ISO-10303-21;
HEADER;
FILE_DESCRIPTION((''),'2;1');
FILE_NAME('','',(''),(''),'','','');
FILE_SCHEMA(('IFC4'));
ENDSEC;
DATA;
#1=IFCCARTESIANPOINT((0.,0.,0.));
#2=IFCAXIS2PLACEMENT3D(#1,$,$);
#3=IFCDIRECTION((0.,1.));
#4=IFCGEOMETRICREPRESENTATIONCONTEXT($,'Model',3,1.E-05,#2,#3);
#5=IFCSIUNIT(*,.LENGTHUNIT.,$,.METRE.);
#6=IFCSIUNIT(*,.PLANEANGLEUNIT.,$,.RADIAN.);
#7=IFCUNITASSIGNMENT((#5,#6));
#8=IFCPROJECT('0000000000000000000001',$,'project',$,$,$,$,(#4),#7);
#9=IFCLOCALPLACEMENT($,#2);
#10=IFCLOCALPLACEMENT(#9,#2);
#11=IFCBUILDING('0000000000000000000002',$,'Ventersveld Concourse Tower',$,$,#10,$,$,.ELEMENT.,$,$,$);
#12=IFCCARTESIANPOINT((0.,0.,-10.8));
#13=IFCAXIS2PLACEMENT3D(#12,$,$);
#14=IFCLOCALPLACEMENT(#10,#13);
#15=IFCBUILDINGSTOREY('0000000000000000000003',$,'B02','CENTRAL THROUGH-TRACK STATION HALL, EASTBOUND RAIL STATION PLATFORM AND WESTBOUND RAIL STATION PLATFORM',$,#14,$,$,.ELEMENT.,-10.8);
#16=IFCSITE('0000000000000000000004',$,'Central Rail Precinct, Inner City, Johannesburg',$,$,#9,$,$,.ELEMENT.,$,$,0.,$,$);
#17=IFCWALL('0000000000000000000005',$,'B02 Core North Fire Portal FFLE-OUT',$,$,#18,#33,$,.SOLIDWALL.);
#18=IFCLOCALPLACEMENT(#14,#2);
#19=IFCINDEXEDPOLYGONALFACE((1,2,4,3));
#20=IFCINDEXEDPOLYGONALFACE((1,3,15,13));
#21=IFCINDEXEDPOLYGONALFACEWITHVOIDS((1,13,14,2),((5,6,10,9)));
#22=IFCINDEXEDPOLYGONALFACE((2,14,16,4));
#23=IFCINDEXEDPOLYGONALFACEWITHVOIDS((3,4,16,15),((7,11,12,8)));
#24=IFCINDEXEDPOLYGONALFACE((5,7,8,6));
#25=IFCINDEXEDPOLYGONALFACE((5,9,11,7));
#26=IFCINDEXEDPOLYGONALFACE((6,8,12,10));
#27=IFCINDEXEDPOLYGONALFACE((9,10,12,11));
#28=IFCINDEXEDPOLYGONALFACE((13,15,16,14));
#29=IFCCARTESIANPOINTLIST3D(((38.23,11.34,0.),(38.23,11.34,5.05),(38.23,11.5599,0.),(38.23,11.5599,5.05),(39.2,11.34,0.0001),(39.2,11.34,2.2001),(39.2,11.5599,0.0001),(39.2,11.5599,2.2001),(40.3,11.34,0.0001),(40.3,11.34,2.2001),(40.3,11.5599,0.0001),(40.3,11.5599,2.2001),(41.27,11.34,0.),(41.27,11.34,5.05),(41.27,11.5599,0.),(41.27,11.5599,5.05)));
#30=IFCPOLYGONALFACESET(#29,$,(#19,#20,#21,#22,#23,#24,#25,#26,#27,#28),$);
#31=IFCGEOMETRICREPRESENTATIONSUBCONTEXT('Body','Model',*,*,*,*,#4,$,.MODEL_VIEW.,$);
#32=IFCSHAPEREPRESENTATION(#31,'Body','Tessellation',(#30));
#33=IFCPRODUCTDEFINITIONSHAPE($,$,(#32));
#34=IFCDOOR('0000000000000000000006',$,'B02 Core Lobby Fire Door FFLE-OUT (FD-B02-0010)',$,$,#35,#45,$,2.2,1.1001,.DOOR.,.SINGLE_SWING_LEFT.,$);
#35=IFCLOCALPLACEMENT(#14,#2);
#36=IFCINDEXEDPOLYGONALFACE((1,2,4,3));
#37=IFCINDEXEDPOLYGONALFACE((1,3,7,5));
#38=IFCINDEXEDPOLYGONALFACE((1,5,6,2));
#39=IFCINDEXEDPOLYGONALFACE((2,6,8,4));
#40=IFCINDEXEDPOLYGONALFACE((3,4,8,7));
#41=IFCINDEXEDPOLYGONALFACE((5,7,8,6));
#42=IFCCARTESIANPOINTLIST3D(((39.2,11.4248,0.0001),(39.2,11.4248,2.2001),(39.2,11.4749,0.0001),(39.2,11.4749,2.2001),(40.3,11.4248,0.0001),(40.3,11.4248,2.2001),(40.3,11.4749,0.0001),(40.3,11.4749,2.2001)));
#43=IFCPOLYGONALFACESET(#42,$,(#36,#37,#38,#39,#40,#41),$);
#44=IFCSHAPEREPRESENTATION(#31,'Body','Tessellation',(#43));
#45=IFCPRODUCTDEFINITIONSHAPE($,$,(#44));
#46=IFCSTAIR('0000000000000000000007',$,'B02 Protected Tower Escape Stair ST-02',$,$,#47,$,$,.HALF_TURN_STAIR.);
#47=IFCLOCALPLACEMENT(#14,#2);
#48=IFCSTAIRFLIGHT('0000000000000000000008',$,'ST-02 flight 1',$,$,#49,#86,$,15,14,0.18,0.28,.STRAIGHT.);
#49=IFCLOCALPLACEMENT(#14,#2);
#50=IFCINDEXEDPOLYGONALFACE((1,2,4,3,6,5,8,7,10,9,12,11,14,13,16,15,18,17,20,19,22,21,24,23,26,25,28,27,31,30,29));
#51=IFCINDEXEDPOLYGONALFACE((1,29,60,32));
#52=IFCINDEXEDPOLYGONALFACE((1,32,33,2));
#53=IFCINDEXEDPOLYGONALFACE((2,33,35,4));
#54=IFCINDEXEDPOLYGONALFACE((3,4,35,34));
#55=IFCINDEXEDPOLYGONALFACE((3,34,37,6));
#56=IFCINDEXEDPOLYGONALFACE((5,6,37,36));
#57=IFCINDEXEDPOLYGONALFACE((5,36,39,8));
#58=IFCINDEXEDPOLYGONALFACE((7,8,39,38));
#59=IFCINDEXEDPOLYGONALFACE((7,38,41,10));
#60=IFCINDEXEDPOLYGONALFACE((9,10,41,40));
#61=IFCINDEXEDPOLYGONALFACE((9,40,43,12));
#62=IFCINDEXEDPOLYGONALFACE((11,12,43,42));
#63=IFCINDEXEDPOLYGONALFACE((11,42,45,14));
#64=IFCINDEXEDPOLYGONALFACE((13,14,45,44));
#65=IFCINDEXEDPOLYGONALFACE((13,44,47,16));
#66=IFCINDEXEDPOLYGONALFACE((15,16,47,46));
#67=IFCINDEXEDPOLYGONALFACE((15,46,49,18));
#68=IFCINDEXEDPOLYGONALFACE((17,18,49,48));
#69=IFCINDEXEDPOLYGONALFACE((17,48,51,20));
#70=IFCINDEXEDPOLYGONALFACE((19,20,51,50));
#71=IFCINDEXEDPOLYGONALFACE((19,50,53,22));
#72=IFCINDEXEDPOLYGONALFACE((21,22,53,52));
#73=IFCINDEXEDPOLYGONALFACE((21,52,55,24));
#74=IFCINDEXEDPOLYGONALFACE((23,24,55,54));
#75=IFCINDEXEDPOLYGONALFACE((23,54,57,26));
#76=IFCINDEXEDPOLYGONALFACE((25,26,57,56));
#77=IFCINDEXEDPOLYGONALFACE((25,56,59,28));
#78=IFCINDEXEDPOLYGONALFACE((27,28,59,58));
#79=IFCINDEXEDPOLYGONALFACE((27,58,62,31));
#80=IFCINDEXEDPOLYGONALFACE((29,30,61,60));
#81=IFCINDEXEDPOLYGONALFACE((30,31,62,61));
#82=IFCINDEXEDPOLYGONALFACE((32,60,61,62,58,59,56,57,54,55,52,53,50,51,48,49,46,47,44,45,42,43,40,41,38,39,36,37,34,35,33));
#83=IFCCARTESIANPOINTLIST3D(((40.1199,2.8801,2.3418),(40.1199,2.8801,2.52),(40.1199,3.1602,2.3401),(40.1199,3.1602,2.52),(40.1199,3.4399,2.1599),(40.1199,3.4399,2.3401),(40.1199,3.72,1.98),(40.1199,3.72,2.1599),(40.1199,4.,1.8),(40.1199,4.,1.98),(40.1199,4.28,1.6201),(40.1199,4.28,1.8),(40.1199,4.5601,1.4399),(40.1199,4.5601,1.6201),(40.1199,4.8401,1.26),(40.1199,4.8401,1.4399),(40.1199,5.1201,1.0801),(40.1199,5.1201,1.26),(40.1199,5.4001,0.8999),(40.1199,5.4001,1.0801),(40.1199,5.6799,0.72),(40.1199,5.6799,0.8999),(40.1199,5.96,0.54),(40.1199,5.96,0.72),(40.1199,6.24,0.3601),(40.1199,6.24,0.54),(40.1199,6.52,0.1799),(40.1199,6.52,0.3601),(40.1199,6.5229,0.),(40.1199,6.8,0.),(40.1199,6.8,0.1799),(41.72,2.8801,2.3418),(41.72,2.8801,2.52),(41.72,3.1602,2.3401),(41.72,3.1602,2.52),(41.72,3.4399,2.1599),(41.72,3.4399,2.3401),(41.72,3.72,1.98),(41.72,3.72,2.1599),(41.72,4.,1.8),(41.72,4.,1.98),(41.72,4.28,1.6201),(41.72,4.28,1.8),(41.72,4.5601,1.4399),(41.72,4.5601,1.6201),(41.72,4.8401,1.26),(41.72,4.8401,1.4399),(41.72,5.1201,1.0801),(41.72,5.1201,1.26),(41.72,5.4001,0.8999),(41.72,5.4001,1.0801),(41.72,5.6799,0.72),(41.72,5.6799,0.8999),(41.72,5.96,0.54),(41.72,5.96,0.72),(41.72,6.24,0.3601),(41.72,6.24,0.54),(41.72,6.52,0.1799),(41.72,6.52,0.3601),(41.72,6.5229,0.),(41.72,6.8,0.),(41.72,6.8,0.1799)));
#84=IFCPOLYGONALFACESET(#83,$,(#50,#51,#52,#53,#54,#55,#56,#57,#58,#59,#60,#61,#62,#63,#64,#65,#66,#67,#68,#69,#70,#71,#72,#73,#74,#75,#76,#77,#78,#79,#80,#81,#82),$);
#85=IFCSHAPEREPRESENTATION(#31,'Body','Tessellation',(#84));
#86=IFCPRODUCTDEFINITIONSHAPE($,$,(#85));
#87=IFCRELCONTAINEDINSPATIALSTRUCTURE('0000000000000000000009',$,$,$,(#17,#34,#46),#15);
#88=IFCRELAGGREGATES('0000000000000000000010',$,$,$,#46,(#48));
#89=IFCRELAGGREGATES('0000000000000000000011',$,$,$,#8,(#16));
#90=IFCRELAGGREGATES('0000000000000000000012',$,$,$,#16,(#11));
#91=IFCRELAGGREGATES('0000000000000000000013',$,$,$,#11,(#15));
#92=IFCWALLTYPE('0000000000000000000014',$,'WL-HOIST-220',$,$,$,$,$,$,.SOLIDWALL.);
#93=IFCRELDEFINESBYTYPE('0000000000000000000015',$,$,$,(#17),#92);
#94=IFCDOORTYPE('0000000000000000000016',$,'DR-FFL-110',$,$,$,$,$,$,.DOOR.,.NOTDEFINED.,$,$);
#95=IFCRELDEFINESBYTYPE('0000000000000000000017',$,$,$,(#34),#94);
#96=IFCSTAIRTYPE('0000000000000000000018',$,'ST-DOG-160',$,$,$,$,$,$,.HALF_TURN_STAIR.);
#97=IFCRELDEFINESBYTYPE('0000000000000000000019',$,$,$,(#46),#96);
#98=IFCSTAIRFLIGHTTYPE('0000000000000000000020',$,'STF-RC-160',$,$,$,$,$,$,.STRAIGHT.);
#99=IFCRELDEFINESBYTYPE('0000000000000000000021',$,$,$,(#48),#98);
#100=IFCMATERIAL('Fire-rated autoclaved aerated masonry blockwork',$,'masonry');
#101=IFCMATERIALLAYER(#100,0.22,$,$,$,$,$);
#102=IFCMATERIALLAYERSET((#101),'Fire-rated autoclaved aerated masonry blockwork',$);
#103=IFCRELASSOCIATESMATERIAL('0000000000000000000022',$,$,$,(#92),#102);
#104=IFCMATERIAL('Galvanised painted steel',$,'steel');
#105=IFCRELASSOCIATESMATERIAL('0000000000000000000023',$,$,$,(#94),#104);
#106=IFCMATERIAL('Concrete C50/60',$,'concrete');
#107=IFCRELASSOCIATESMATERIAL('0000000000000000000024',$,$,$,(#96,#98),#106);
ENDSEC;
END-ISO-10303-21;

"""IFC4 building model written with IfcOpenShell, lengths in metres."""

from ifc_helpers import new_model, si_unit, direction, frame, frame_2d, origin, place, context, subcontext, project, spatial, polyline, rectangle, outline, extrude, material, layer, layer_set, type_object, element, fill, aggregate, save


model = new_model("IFC4")

# Units and contexts
model_context = context("Model", 3, precision=1e-05, world=origin(), true_north=direction((0.0, 1.0)))
body_context = subcontext(model_context, "Body", "Model", "MODEL_VIEW")
ifc_project = project(units=[si_unit("LENGTHUNIT", "METRE"), si_unit("PLANEANGLEUNIT", "RADIAN")], contexts=[model_context])

# Site, building, storey
site_placement = place(None, origin())
site = spatial("IfcSite", under=ifc_project, at=site_placement, Name="Central Rail Precinct, Inner City, Johannesburg", CompositionType="ELEMENT", RefElevation=0.0)
building_placement = place(site_placement, origin())
building = spatial("IfcBuilding", under=site, at=building_placement, Name="Ventersveld Concourse Tower", CompositionType="ELEMENT")
storey_placement = place(building_placement, frame((0.0, 0.0, -10.8)))
storey = spatial("IfcBuildingStorey", under=building, at=storey_placement, Name="B02", Description="CENTRAL THROUGH-TRACK STATION HALL, EASTBOUND RAIL STATION PLATFORM AND WESTBOUND RAIL STATION PLATFORM", CompositionType="ELEMENT", Elevation=-10.8)

# Shared definitions
ifc_material_1 = material(Name="Concrete C50/60", Category="concrete")

# Shared definitions
ifc_material_2 = material(Name="Fire-rated autoclaved aerated masonry blockwork", Category="masonry")
ifc_layer_1 = layer(ifc_material_2, 0.22)
ifc_layer_set_1 = layer_set([ifc_layer_1], Name="Fire-rated autoclaved aerated masonry blockwork")
wall_type_1 = type_object("IfcWallType", Name="WL-HOIST-220", PredefinedType="SOLIDWALL", material=ifc_layer_set_1)

# Wall, opening, door
ifc_material_3 = material(Name="Galvanised painted steel", Category="steel")
door_type_1 = type_object("IfcDoorType", Name="DR-FFL-110", OperationType="NOTDEFINED", PredefinedType="DOOR", material=ifc_material_3)
wall_1_placement = place(storey_placement, frame((38.23, 11.45, 0.0), z_axis=(0.0, 0.0, 1.0), x_axis=(1.0, 0.0, 0.0)))
wall_1 = element("IfcWall", 1, at=wall_1_placement, inside=storey, type_object=wall_type_1, Name="B02 Core North Fire Portal FFLE-OUT", PredefinedType="SOLIDWALL", context=body_context, shape_type="SweptSolid", body=[
    extrude(rectangle(XDim=3.04, YDim=0.22, at=frame_2d((1.52, 0.0))), origin(), (0.0, 0.0, 1.0), 5.05),
])
opening_1_placement = place(wall_1_placement, frame((0.97, 0.0, 0.0)))
opening_1 = element("IfcOpeningElement", 2, at=opening_1_placement, cuts=wall_1, PredefinedType="OPENING", context=body_context, shape_type="SweptSolid", body=[
    extrude(rectangle(XDim=1.1001, YDim=2.2, at=frame_2d((0.55, 1.1001))), frame((0.0, 0.1201, 0.0), z_axis=(0.0, -1.0, 0.0), x_axis=(1.0, 0.0, 0.0)), (0.0, 0.0, 1.0), 0.24),
])
door_1_placement = place(opening_1_placement, origin())
door_1 = element("IfcDoor", 3, at=door_1_placement, inside=storey, type_object=door_type_1, Name="B02 Core Lobby Fire Door FFLE-OUT (FD-B02-0010)", OperationType="SINGLE_SWING_LEFT", OverallHeight=2.2, OverallWidth=1.1001, PredefinedType="DOOR", context=body_context, shape_type="SweptSolid", body=[
    extrude(rectangle(XDim=1.1001, YDim=2.2, at=frame_2d((0.55, 1.1001))), frame((0.0, 0.0249, 0.0), z_axis=(0.0, -1.0, 0.0), x_axis=(1.0, 0.0, 0.0)), (0.0, 0.0, 1.0), 0.05),
])
fill(opening_1, door_1)

# Stair, stair flight
stair_type = type_object("IfcStairType", Name="ST-DOG-160", PredefinedType="HALF_TURN_STAIR", material=ifc_material_1)
stair_placement = place(storey_placement, origin())
stair = element("IfcStair", 4, at=stair_placement, inside=storey, type_object=stair_type, Name="B02 Protected Tower Escape Stair ST-02", PredefinedType="HALF_TURN_STAIR")
stair_flight_type = type_object("IfcStairFlightType", Name="STF-RC-160", PredefinedType="STRAIGHT", material=ifc_material_1)
stair_flight_placement = place(storey_placement, frame((40.9199, 6.8, 0.0), z_axis=(0.0, 0.0, 1.0), x_axis=(0.0, -1.0, 0.0)))
stair_flight = element("IfcStairFlight", 5, at=stair_flight_placement, type_object=stair_flight_type, Name="ST-02 flight 1", NumberOfRisers=15, NumberOfTreads=14, PredefinedType="STRAIGHT", RiserHeight=0.18, TreadLength=0.28, context=body_context, shape_type="SweptSolid", body=[
    extrude(outline(polyline([(0.0, 0.0), (0.0, 0.1799), (0.28, 0.1799), (0.28, 0.3601), (0.5601, 0.3601), (0.5601, 0.54), (0.8401, 0.54), (0.8401, 0.72), (1.1201, 0.72), (1.1201, 0.8999), (1.3999, 0.8999), (1.3999, 1.0801), (1.6799, 1.0801), (1.6799, 1.26), (1.96, 1.26), (1.96, 1.4399), (2.24, 1.4399), (2.24, 1.6201), (2.52, 1.6201), (2.52, 1.8), (2.8, 1.8), (2.8, 1.98), (3.0801, 1.98), (3.0801, 2.1599), (3.3601, 2.1599), (3.3601, 2.3401), (3.6399, 2.3401), (3.6399, 2.52), (3.9199, 2.52), (3.9199, 2.7), (3.9199, 2.3418), (0.2771, 0.0), (0.0, 0.0)])), frame((0.0, 0.8, 0.0), z_axis=(0.0, -1.0, 0.0), x_axis=(1.0, 0.0, 0.0)), (0.0, 0.0, 1.0), 1.6001),
])
aggregate(stair, [stair_flight])

save(model, "model.ifc")
